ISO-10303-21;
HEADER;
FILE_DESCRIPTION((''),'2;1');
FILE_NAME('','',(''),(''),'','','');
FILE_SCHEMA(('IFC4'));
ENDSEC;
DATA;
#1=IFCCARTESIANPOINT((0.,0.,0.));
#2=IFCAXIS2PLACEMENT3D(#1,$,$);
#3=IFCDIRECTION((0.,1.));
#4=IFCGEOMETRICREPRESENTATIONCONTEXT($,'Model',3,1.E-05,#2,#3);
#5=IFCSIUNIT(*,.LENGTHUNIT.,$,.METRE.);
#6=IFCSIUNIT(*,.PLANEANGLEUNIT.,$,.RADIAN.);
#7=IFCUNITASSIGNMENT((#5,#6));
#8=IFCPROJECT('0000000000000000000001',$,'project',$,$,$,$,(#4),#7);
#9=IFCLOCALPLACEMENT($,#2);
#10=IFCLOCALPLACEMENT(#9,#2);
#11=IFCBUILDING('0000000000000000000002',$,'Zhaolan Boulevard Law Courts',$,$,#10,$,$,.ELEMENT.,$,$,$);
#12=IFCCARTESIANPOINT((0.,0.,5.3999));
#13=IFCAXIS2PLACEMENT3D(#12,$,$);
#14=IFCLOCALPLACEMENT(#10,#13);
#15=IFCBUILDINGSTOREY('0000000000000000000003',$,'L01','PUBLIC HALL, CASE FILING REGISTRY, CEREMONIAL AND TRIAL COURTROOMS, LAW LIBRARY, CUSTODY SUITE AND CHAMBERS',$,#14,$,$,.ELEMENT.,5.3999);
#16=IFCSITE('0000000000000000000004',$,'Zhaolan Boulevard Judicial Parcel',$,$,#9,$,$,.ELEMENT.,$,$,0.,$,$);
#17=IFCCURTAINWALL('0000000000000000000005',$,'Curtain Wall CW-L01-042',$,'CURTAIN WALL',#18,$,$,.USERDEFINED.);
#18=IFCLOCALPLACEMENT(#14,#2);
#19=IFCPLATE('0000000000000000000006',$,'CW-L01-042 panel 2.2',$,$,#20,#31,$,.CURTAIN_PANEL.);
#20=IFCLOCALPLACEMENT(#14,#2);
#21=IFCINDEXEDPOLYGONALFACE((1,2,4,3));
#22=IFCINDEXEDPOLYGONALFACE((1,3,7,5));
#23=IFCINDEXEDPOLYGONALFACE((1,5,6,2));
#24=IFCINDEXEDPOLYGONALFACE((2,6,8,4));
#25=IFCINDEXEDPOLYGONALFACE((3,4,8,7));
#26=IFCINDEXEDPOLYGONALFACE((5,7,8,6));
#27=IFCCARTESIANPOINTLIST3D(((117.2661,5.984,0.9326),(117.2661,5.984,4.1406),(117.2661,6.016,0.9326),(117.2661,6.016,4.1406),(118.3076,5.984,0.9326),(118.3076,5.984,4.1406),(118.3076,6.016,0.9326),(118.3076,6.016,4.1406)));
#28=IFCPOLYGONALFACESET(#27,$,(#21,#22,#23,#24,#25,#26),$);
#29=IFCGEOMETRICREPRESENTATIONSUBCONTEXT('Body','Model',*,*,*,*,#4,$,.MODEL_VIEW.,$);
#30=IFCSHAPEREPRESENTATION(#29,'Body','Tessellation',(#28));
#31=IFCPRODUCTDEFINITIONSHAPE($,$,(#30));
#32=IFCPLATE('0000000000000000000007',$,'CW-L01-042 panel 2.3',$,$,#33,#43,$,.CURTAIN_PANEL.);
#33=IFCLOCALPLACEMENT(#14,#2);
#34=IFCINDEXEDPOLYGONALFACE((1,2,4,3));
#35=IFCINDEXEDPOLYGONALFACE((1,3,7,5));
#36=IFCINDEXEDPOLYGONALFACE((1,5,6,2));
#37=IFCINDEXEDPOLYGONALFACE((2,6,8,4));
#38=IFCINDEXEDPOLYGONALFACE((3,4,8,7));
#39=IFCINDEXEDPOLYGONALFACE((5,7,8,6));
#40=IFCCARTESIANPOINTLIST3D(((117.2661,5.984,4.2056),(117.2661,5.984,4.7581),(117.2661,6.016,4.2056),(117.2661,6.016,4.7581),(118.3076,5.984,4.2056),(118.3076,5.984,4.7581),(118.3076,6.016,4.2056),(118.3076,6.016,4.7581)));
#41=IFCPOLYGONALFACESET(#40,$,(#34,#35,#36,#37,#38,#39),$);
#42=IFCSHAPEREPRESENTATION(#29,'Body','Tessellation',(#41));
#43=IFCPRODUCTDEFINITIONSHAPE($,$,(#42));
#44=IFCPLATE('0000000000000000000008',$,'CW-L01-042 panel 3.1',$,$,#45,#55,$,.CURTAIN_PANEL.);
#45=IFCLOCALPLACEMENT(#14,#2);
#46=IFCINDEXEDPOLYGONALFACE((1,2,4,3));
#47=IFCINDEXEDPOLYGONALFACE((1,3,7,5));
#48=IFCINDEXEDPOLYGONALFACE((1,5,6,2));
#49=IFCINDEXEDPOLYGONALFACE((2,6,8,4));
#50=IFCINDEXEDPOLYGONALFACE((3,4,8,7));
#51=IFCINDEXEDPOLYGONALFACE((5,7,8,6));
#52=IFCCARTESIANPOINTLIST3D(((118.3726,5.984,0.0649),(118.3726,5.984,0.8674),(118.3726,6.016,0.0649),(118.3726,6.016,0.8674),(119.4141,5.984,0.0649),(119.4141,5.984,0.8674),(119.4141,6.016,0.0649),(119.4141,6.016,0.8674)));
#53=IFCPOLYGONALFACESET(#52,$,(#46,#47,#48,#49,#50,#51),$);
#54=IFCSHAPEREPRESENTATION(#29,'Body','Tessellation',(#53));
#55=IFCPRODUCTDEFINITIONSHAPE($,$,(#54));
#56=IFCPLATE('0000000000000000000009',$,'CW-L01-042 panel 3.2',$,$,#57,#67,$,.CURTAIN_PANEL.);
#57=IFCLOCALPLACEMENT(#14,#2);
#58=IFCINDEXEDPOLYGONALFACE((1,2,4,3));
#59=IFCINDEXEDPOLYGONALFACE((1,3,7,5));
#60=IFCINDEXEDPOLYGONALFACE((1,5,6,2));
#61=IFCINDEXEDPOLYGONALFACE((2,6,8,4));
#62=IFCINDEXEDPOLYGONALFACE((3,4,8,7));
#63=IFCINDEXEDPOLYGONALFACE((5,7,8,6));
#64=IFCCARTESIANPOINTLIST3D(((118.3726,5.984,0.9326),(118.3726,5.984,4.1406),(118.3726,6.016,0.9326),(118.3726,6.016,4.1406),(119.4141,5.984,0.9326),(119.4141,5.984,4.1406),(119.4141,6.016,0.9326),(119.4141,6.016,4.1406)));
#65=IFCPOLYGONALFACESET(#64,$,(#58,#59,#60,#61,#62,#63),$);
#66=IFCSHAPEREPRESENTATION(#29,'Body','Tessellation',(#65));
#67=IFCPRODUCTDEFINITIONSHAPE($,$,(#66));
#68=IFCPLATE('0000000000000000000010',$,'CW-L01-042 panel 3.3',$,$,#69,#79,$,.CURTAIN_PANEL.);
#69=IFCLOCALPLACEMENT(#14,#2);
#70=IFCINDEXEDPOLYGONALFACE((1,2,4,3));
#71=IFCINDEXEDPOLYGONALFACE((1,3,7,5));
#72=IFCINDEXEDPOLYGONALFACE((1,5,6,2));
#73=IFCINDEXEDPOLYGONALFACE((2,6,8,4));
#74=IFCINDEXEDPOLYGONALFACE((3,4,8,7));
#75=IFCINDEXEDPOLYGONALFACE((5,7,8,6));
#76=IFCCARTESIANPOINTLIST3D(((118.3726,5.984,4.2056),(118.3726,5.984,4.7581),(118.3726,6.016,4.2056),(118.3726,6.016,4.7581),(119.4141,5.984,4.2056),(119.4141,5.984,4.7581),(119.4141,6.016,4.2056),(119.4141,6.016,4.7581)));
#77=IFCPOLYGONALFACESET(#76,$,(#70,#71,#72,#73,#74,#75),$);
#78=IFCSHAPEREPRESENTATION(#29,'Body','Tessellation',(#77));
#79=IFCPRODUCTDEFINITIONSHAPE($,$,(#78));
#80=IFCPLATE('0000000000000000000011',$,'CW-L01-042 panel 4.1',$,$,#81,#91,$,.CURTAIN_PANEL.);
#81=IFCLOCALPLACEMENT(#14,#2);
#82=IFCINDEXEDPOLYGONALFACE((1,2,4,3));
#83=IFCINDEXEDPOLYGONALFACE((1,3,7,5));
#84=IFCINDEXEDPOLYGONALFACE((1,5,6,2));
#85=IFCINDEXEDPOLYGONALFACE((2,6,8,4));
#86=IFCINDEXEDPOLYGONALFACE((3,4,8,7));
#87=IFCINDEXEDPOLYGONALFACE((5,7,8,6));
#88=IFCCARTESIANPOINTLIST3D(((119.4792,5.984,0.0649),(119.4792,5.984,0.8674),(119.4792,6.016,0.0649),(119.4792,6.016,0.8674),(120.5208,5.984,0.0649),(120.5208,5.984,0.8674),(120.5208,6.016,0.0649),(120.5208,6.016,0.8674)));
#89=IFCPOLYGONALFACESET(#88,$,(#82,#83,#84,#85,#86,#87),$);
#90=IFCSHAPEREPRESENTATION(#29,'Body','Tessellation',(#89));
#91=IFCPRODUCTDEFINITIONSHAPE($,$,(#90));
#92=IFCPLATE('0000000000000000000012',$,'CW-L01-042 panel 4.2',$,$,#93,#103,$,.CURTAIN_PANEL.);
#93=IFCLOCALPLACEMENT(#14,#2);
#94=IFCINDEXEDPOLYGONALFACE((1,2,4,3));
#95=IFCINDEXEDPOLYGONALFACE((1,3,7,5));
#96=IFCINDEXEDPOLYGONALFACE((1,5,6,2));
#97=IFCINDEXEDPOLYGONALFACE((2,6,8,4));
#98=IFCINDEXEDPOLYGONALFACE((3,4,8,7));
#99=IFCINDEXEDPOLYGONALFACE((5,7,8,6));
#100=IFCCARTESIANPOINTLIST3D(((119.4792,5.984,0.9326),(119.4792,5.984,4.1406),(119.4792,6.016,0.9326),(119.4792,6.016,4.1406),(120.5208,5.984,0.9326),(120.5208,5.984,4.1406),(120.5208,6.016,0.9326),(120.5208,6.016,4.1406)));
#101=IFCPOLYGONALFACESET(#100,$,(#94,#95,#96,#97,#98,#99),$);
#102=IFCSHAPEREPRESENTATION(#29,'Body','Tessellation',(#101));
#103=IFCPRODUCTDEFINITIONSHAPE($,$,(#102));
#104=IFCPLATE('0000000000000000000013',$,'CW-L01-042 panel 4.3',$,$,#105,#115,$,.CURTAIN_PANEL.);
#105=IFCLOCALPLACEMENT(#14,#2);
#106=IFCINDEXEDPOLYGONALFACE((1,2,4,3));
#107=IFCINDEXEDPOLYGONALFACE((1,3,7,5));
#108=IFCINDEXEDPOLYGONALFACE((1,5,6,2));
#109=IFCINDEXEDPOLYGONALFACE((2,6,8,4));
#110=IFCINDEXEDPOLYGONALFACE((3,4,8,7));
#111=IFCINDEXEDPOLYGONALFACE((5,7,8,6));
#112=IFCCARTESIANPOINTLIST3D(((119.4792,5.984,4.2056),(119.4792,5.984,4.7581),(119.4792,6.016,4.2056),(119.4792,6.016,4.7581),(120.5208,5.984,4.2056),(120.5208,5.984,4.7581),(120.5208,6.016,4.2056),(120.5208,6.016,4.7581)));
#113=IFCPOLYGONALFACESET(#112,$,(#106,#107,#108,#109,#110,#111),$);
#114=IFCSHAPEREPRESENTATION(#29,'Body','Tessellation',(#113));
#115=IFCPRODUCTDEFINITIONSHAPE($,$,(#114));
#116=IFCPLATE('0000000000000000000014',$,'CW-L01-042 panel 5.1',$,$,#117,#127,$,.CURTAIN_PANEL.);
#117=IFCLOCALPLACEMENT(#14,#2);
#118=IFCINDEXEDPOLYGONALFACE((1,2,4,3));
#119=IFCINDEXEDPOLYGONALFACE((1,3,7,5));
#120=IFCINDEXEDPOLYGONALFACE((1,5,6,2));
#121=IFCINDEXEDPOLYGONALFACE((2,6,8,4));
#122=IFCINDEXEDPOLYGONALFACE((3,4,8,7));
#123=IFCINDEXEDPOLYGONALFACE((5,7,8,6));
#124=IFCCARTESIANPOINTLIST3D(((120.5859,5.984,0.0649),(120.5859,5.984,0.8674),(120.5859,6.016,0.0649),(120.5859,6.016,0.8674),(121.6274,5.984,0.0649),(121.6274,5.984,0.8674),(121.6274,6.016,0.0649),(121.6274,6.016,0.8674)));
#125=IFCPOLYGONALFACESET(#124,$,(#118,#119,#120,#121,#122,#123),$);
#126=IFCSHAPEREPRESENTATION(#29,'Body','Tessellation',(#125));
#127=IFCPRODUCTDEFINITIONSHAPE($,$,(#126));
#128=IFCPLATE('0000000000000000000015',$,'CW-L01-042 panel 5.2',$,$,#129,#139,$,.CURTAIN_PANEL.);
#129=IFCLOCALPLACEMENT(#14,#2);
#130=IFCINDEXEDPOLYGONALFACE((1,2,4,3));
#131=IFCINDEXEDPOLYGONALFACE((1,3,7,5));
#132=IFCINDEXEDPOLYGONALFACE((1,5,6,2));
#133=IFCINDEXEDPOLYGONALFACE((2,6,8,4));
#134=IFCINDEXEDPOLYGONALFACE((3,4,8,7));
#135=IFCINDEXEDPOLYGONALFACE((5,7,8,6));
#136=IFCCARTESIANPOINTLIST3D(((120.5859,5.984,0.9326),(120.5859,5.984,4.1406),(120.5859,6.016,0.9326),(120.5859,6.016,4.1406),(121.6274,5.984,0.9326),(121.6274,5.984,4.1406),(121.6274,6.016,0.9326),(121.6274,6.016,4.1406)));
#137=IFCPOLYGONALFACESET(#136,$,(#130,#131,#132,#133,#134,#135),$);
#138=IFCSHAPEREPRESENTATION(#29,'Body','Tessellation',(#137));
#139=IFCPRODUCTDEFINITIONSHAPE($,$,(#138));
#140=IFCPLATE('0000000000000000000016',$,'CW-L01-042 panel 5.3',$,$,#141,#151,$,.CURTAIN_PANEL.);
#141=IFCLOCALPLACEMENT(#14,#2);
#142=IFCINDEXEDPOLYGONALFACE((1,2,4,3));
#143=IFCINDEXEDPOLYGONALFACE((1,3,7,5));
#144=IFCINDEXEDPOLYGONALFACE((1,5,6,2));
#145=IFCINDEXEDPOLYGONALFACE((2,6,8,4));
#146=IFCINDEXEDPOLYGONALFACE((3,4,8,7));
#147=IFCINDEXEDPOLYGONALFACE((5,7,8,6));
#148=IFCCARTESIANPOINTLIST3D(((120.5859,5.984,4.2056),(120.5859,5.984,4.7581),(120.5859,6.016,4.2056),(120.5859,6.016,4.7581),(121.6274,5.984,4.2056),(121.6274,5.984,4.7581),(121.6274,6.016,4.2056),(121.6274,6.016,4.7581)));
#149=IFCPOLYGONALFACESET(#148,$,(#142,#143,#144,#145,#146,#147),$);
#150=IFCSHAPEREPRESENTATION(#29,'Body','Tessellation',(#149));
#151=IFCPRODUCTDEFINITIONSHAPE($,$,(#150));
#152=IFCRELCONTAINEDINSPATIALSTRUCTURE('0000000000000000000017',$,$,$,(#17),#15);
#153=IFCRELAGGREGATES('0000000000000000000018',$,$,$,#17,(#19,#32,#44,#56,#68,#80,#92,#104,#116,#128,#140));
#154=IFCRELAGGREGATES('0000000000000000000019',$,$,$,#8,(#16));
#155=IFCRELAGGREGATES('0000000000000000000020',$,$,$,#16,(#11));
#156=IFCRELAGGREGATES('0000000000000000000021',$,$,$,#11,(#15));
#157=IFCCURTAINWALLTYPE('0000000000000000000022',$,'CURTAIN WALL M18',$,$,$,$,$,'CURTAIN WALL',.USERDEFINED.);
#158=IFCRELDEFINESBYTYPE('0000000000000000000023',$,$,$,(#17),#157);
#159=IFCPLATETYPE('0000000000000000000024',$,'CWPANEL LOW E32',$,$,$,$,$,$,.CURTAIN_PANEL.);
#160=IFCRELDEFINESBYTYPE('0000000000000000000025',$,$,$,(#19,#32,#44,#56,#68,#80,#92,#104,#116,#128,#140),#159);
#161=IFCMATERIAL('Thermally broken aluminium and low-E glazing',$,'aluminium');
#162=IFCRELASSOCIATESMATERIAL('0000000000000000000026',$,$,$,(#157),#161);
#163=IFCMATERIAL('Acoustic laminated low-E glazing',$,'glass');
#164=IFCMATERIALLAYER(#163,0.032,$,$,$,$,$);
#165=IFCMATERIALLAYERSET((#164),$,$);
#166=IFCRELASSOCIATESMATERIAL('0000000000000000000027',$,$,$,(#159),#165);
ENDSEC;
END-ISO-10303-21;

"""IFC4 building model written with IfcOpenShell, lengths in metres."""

from ifc_helpers import new_model, si_unit, direction, frame, origin, origin_2d, place, context, subcontext, project, spatial, rectangle, extrude, material, layer, layer_set, type_object, element, aggregate, save


model = new_model("IFC4")

# Units and contexts
model_context = context("Model", 3, precision=1e-05, world=origin(), true_north=direction((0.0, 1.0)))
body_context = subcontext(model_context, "Body", "Model", "MODEL_VIEW")
ifc_project = project(units=[si_unit("LENGTHUNIT", "METRE"), si_unit("PLANEANGLEUNIT", "RADIAN")], contexts=[model_context])

# Site, building, storey
site_placement = place(None, origin())
site = spatial("IfcSite", under=ifc_project, at=site_placement, Name="Zhaolan Boulevard Judicial Parcel", CompositionType="ELEMENT", RefElevation=0.0)
building_placement = place(site_placement, origin())
building = spatial("IfcBuilding", under=site, at=building_placement, Name="Zhaolan Boulevard Law Courts", CompositionType="ELEMENT")
storey_placement = place(building_placement, frame((0.0, 0.0, 5.3999)))
storey = spatial("IfcBuildingStorey", under=building, at=storey_placement, Name="L01", Description="PUBLIC HALL, CASE FILING REGISTRY, CEREMONIAL AND TRIAL COURTROOMS, LAW LIBRARY, CUSTODY SUITE AND CHAMBERS", CompositionType="ELEMENT", Elevation=5.3999)

# Curtain wall
ifc_material_1 = material(Name="Thermally broken aluminium and low-E glazing", Category="aluminium")
curtain_wall_type = type_object("IfcCurtainWallType", Name="CURTAIN WALL M18", ElementType="CURTAIN WALL", PredefinedType="USERDEFINED", material=ifc_material_1)
curtain_wall_placement = place(storey_placement, origin())
curtain_wall = element("IfcCurtainWall", 1, at=curtain_wall_placement, inside=storey, type_object=curtain_wall_type, Name="Curtain Wall CW-L01-042", ObjectType="CURTAIN WALL", PredefinedType="USERDEFINED")

# Plates
ifc_material_2 = material(Name="Acoustic laminated low-E glazing", Category="glass")
ifc_layer = layer(ifc_material_2, 0.032)
ifc_layer_set = layer_set([ifc_layer])
plate_type = type_object("IfcPlateType", Name="CWPANEL LOW E32", PredefinedType="CURTAIN_PANEL", material=ifc_layer_set)
plate_1_placement = place(storey_placement, frame((117.7869, 6.0, 0.9326), z_axis=(0.0, 0.0, 1.0), x_axis=(1.0, 0.0, 0.0)))
plate_1 = element("IfcPlate", 2, at=plate_1_placement, type_object=plate_type, Name="CW-L01-042 panel 2.2", PredefinedType="CURTAIN_PANEL", context=body_context, shape_type="SweptSolid", body=[
    extrude(rectangle(XDim=1.0415, YDim=0.032, at=origin_2d()), origin(), (0.0, 0.0, 1.0), 3.208),
])
plate_2_placement = place(storey_placement, frame((117.7869, 6.0, 4.2056), z_axis=(0.0, 0.0, 1.0), x_axis=(1.0, 0.0, 0.0)))
plate_2 = element("IfcPlate", 3, at=plate_2_placement, type_object=plate_type, Name="CW-L01-042 panel 2.3", PredefinedType="CURTAIN_PANEL", context=body_context, shape_type="SweptSolid", body=[
    extrude(rectangle(XDim=1.0415, YDim=0.032, at=origin_2d()), origin(), (0.0, 0.0, 1.0), 0.5525),
])
plate_3_placement = place(storey_placement, frame((118.8933, 6.0, 0.0649), z_axis=(0.0, 0.0, 1.0), x_axis=(1.0, 0.0, 0.0)))
plate_3 = element("IfcPlate", 4, at=plate_3_placement, type_object=plate_type, Name="CW-L01-042 panel 3.1", PredefinedType="CURTAIN_PANEL", context=body_context, shape_type="SweptSolid", body=[
    extrude(rectangle(XDim=1.0415, YDim=0.032, at=origin_2d()), origin(), (0.0, 0.0, 1.0), 0.8025),
])
plate_4_placement = place(storey_placement, frame((118.8933, 6.0, 0.9326), z_axis=(0.0, 0.0, 1.0), x_axis=(1.0, 0.0, 0.0)))
plate_4 = element("IfcPlate", 5, at=plate_4_placement, type_object=plate_type, Name="CW-L01-042 panel 3.2", PredefinedType="CURTAIN_PANEL", context=body_context, shape_type="SweptSolid", body=[
    extrude(rectangle(XDim=1.0415, YDim=0.032, at=origin_2d()), origin(), (0.0, 0.0, 1.0), 3.208),
])
plate_5_placement = place(storey_placement, frame((118.8933, 6.0, 4.2056), z_axis=(0.0, 0.0, 1.0), x_axis=(1.0, 0.0, 0.0)))
plate_5 = element("IfcPlate", 6, at=plate_5_placement, type_object=plate_type, Name="CW-L01-042 panel 3.3", PredefinedType="CURTAIN_PANEL", context=body_context, shape_type="SweptSolid", body=[
    extrude(rectangle(XDim=1.0415, YDim=0.032, at=origin_2d()), origin(), (0.0, 0.0, 1.0), 0.5525),
])
plate_6_placement = place(storey_placement, frame((120.0, 6.0, 0.0649), z_axis=(0.0, 0.0, 1.0), x_axis=(1.0, 0.0, 0.0)))
plate_6 = element("IfcPlate", 7, at=plate_6_placement, type_object=plate_type, Name="CW-L01-042 panel 4.1", PredefinedType="CURTAIN_PANEL", context=body_context, shape_type="SweptSolid", body=[
    extrude(rectangle(XDim=1.0415, YDim=0.032, at=origin_2d()), origin(), (0.0, 0.0, 1.0), 0.8025),
])
plate_7_placement = place(storey_placement, frame((120.0, 6.0, 0.9326), z_axis=(0.0, 0.0, 1.0), x_axis=(1.0, 0.0, 0.0)))
plate_7 = element("IfcPlate", 8, at=plate_7_placement, type_object=plate_type, Name="CW-L01-042 panel 4.2", PredefinedType="CURTAIN_PANEL", context=body_context, shape_type="SweptSolid", body=[
    extrude(rectangle(XDim=1.0415, YDim=0.032, at=origin_2d()), origin(), (0.0, 0.0, 1.0), 3.208),
])
plate_8_placement = place(storey_placement, frame((120.0, 6.0, 4.2056), z_axis=(0.0, 0.0, 1.0), x_axis=(1.0, 0.0, 0.0)))
plate_8 = element("IfcPlate", 9, at=plate_8_placement, type_object=plate_type, Name="CW-L01-042 panel 4.3", PredefinedType="CURTAIN_PANEL", context=body_context, shape_type="SweptSolid", body=[
    extrude(rectangle(XDim=1.0415, YDim=0.032, at=origin_2d()), origin(), (0.0, 0.0, 1.0), 0.5525),
])
plate_9_placement = place(storey_placement, frame((121.1067, 6.0, 0.0649), z_axis=(0.0, 0.0, 1.0), x_axis=(1.0, 0.0, 0.0)))
plate_9 = element("IfcPlate", 10, at=plate_9_placement, type_object=plate_type, Name="CW-L01-042 panel 5.1", PredefinedType="CURTAIN_PANEL", context=body_context, shape_type="SweptSolid", body=[
    extrude(rectangle(XDim=1.0415, YDim=0.032, at=origin_2d()), origin(), (0.0, 0.0, 1.0), 0.8025),
])
plate_10_placement = place(storey_placement, frame((121.1067, 6.0, 0.9326), z_axis=(0.0, 0.0, 1.0), x_axis=(1.0, 0.0, 0.0)))
plate_10 = element("IfcPlate", 11, at=plate_10_placement, type_object=plate_type, Name="CW-L01-042 panel 5.2", PredefinedType="CURTAIN_PANEL", context=body_context, shape_type="SweptSolid", body=[
    extrude(rectangle(XDim=1.0415, YDim=0.032, at=origin_2d()), origin(), (0.0, 0.0, 1.0), 3.208),
])
plate_11_placement = place(storey_placement, frame((121.1067, 6.0, 4.2056), z_axis=(0.0, 0.0, 1.0), x_axis=(1.0, 0.0, 0.0)))
plate_11 = element("IfcPlate", 12, at=plate_11_placement, type_object=plate_type, Name="CW-L01-042 panel 5.3", PredefinedType="CURTAIN_PANEL", context=body_context, shape_type="SweptSolid", body=[
    extrude(rectangle(XDim=1.0415, YDim=0.032, at=origin_2d()), origin(), (0.0, 0.0, 1.0), 0.5525),
])
aggregate(curtain_wall, [plate_1, plate_2, plate_3, plate_4, plate_5, plate_6, plate_7, plate_8, plate_9, plate_10, plate_11])

save(model, "model.ifc")
